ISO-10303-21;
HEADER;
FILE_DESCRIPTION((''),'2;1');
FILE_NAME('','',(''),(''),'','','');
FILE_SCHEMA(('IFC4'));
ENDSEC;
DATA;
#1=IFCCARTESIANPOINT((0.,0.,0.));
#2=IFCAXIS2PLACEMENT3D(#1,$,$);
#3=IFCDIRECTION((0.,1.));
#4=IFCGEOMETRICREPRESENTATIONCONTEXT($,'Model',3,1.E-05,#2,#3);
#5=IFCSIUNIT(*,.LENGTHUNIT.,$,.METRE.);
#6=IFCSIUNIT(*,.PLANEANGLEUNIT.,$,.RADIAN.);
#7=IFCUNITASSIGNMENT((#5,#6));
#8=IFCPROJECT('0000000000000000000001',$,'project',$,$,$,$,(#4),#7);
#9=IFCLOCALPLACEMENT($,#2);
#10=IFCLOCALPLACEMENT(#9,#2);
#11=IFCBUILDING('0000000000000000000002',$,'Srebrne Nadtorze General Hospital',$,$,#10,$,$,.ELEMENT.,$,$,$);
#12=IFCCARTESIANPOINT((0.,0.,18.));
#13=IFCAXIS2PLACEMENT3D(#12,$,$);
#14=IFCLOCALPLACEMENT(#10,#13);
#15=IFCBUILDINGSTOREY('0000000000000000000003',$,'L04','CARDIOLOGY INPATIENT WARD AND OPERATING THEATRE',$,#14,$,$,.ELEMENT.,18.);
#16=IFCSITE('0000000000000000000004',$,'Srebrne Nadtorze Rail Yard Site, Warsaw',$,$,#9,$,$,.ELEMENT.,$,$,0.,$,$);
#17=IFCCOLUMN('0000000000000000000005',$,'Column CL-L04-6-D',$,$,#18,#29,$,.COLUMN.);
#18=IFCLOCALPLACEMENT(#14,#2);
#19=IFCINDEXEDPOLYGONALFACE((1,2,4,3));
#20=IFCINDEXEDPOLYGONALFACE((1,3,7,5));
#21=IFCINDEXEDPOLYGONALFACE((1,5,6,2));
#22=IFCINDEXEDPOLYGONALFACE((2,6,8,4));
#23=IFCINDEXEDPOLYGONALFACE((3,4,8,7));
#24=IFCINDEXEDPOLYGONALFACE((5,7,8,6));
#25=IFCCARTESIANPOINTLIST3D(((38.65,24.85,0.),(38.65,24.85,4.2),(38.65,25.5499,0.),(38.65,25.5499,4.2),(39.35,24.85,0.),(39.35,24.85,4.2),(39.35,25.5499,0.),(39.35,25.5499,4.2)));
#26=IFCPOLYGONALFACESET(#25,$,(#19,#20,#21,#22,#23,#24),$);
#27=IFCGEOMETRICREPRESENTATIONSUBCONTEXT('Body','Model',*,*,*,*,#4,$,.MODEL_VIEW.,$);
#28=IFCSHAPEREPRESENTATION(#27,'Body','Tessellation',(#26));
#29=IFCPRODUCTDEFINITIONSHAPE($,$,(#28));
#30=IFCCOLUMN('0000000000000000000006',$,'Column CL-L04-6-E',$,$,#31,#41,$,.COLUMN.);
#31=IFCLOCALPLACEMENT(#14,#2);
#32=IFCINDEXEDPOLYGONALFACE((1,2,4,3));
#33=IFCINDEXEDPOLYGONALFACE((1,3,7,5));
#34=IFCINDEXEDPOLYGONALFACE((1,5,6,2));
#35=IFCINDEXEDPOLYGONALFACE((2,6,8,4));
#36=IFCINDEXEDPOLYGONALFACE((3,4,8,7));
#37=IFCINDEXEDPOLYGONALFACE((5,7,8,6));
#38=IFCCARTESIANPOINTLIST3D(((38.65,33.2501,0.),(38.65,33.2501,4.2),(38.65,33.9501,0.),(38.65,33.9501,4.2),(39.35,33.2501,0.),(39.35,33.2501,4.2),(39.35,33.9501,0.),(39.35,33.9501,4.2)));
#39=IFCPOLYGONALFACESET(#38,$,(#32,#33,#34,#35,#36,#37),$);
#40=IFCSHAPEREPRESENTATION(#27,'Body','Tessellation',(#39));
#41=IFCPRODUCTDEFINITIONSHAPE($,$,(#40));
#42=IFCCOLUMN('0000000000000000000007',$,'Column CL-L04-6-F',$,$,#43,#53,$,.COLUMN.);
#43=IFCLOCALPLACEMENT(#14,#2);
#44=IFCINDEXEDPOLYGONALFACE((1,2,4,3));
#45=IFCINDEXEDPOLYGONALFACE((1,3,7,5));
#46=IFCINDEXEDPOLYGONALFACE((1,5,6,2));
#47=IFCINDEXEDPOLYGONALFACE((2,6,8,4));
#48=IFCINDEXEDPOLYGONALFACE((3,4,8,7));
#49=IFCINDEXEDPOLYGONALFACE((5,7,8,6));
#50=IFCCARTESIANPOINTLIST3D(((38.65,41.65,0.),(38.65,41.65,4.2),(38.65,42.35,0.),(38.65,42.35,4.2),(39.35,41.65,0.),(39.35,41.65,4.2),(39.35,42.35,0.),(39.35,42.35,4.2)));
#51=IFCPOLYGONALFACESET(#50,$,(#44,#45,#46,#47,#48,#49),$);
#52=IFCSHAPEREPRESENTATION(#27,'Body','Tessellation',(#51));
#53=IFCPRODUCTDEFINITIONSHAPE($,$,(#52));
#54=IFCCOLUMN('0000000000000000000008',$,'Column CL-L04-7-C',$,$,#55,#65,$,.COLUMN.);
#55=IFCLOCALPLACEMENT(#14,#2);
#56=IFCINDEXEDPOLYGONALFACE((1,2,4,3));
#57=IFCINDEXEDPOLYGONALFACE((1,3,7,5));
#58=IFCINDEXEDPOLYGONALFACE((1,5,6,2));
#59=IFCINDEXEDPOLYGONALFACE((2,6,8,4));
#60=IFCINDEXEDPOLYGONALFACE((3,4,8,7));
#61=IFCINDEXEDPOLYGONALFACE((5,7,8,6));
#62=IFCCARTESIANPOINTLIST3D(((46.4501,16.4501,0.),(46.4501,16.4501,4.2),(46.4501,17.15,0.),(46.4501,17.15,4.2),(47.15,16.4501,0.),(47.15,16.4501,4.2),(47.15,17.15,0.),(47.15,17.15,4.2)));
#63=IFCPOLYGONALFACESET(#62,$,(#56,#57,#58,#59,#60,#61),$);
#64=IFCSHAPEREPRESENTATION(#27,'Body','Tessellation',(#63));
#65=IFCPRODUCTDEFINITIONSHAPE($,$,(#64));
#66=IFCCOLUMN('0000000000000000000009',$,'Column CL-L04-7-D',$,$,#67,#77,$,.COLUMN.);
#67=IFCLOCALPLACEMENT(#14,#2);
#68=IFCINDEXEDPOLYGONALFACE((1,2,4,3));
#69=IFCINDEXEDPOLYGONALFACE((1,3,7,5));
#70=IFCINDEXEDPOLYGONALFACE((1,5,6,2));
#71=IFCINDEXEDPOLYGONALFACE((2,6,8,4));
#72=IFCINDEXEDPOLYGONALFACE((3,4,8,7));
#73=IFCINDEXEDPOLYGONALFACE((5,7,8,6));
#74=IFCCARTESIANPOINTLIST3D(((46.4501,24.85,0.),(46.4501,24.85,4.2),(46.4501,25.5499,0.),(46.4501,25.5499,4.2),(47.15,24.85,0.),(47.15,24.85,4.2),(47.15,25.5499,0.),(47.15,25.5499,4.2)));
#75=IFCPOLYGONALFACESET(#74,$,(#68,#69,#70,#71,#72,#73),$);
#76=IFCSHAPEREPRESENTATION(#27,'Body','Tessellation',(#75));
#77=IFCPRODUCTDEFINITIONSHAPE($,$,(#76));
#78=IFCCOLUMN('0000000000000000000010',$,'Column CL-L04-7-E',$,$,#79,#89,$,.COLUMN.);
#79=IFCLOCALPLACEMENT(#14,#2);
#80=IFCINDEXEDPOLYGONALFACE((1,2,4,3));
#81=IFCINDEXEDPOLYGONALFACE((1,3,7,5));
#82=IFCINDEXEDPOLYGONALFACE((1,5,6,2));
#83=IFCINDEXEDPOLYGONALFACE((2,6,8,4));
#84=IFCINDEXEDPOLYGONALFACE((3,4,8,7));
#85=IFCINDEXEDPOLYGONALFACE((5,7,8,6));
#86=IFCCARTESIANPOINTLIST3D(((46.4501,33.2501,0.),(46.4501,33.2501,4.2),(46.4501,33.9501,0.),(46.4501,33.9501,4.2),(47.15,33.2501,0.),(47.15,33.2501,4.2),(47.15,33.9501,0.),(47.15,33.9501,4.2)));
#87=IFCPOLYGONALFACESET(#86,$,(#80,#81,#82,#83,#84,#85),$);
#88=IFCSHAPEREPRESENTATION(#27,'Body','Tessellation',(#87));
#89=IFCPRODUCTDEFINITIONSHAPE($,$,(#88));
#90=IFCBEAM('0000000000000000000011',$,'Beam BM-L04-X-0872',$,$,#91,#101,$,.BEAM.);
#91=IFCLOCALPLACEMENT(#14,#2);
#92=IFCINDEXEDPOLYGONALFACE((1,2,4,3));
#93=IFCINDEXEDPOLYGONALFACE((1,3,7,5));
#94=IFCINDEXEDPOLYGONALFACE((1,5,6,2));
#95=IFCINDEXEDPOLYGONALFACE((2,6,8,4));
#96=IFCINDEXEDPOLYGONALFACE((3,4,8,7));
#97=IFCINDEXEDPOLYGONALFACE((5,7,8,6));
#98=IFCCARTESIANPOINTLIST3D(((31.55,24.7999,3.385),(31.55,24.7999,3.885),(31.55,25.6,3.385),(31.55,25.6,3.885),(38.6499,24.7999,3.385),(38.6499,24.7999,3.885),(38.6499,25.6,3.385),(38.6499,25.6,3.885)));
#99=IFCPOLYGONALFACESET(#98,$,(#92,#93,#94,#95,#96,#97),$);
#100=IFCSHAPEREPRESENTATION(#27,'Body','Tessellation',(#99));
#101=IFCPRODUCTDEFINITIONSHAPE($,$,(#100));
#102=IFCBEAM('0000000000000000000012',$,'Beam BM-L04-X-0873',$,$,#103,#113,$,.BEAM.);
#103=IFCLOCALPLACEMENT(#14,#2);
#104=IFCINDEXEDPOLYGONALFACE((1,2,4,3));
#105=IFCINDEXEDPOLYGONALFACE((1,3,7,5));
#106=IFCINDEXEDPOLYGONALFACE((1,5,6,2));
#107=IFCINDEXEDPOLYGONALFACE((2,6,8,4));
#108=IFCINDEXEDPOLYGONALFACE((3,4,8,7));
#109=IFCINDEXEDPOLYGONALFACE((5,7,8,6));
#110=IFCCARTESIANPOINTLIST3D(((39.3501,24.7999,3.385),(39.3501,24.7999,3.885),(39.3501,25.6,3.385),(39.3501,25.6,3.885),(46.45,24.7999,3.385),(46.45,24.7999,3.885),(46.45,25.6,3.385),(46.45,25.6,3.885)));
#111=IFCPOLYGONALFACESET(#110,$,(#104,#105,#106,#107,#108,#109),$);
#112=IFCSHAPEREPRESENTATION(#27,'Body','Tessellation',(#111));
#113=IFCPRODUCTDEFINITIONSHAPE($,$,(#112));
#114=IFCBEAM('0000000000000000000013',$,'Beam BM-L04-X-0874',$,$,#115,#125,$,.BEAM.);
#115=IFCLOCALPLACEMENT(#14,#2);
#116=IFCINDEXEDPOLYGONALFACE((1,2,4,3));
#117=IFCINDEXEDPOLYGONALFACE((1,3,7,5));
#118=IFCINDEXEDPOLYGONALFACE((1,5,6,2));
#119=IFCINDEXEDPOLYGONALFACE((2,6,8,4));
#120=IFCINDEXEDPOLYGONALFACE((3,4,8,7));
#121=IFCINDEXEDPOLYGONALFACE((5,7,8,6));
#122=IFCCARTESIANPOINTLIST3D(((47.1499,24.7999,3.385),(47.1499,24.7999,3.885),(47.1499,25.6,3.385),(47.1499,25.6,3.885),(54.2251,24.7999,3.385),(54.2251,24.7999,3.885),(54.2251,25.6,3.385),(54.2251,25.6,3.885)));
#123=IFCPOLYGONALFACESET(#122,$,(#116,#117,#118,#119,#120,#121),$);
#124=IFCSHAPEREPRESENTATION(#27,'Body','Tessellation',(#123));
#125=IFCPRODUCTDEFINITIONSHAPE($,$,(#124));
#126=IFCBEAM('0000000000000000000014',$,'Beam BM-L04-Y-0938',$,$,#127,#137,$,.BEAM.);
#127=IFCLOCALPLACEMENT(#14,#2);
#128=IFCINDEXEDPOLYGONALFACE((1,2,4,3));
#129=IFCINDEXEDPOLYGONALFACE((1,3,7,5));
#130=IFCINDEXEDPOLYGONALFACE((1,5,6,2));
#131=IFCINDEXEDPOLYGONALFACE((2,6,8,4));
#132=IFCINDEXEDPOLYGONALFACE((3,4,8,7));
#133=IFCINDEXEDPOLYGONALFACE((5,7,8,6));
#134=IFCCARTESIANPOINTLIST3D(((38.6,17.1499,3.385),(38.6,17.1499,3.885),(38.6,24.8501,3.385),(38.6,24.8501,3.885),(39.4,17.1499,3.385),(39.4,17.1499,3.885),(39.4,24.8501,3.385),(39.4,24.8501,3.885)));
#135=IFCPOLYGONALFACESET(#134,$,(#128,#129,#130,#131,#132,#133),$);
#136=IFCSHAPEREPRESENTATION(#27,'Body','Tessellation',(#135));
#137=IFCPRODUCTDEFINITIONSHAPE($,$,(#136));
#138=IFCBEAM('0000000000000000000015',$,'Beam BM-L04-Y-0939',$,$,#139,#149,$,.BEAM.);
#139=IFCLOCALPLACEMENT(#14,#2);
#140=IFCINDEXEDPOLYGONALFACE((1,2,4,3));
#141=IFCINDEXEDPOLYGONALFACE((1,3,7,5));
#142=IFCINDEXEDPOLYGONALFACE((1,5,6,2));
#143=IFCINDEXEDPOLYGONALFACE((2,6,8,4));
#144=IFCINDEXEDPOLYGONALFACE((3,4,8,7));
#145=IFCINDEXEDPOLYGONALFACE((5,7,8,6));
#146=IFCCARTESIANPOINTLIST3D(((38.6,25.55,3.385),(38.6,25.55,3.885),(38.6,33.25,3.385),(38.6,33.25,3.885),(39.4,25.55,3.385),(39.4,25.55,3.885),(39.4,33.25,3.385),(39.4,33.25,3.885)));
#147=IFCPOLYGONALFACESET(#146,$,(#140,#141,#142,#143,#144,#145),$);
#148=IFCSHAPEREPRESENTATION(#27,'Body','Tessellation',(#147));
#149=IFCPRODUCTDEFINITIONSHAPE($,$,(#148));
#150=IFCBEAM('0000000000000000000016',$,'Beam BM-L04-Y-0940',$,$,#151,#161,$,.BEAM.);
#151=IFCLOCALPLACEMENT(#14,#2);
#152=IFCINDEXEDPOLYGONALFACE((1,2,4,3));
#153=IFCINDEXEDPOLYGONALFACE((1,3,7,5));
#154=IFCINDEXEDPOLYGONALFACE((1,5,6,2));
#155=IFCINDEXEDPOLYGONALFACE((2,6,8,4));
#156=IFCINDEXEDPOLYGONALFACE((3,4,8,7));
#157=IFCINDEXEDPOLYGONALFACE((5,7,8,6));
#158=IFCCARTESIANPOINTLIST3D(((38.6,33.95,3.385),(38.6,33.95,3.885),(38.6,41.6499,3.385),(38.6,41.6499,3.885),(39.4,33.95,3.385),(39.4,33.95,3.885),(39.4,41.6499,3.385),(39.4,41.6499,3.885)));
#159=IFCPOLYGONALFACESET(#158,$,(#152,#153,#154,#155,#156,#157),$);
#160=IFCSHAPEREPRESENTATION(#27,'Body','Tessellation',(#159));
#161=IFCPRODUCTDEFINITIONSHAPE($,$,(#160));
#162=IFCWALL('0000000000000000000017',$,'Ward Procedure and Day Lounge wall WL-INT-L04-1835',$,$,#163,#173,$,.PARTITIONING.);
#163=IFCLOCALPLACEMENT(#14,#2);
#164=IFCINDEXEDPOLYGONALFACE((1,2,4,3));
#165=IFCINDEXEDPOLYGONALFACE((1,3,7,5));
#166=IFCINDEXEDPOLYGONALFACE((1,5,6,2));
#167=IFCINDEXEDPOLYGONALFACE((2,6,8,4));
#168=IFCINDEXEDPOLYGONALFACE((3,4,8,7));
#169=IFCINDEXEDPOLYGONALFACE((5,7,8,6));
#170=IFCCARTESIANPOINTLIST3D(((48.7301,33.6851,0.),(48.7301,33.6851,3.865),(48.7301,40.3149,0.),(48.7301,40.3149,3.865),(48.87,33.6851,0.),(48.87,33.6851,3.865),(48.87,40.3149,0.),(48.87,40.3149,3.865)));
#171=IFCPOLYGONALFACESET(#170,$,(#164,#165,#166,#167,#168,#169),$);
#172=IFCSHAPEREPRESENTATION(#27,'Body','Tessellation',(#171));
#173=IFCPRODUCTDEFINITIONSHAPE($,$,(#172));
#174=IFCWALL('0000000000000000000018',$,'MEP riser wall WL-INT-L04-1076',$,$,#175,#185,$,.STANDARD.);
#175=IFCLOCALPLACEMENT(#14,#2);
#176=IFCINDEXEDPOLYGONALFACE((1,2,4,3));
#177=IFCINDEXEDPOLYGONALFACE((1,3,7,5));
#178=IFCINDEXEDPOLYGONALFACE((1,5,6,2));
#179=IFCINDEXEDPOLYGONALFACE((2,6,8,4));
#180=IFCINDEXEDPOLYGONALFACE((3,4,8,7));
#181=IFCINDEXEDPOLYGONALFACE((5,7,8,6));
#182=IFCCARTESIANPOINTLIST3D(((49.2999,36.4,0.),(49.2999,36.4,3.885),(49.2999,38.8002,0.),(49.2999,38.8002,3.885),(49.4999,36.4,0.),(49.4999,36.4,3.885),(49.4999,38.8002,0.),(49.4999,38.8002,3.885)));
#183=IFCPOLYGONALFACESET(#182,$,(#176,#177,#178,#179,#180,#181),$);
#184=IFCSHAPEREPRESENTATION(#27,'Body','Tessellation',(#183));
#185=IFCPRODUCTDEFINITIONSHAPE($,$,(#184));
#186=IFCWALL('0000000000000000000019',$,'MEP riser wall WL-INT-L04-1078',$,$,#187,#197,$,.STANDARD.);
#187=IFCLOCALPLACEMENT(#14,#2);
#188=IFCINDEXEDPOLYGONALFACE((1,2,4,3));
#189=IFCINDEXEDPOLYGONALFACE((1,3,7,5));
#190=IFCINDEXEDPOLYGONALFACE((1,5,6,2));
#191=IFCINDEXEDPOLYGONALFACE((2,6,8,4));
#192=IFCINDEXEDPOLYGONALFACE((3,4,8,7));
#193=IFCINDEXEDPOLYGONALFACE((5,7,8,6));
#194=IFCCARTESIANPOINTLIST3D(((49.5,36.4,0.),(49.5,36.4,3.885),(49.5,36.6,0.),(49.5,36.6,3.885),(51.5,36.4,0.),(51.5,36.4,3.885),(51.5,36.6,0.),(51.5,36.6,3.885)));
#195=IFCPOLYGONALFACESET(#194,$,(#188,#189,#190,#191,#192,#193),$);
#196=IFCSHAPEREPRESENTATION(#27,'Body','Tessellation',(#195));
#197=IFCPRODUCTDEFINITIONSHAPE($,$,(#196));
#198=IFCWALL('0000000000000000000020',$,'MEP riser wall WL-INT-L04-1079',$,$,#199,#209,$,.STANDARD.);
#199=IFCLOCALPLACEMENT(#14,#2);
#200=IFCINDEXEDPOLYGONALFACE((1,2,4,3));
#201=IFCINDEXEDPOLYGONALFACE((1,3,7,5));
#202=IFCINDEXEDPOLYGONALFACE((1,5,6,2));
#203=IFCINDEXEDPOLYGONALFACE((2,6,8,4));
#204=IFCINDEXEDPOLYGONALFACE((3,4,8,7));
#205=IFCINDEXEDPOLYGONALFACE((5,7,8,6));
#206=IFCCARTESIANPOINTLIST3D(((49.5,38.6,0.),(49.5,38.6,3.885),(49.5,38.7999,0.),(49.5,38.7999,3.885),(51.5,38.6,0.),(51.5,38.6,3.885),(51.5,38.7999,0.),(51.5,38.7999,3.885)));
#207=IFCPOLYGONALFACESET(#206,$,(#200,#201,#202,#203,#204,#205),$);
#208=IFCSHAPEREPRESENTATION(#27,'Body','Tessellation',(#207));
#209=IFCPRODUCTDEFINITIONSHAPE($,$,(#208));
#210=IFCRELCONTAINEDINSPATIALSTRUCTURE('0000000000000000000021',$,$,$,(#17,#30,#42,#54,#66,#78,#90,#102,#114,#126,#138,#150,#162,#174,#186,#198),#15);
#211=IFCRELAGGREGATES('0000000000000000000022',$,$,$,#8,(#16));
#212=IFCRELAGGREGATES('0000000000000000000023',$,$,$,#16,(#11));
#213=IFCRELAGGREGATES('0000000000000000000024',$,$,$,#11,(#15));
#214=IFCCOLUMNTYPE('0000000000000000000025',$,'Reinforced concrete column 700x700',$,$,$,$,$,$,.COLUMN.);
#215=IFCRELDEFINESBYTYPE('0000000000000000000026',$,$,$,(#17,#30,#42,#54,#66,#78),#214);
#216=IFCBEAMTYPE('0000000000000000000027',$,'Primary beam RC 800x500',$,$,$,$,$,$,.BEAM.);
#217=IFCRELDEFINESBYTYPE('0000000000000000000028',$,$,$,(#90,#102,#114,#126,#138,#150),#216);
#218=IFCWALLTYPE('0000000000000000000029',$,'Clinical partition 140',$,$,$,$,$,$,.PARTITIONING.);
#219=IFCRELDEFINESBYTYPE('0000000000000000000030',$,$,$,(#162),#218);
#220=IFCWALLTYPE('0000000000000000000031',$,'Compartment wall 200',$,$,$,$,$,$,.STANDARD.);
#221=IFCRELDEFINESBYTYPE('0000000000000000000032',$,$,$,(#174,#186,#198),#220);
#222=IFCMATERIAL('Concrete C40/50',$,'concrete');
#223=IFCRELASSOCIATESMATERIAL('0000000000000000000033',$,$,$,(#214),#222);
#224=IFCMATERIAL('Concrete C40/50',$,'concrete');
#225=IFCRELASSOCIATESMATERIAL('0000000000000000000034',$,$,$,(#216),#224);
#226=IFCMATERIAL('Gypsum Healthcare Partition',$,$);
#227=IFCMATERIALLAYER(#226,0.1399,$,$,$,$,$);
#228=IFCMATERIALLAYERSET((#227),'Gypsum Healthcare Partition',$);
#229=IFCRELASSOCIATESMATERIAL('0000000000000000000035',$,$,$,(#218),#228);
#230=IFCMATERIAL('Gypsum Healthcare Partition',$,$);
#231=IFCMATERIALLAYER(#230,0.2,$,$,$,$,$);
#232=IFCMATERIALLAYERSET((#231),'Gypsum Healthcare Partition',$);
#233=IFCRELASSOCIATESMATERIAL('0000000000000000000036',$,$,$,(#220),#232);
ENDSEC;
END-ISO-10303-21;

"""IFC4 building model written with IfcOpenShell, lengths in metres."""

from ifc_helpers import new_model, si_unit, direction, frame, frame_2d, origin, origin_2d, place, context, subcontext, project, spatial, rectangle, extrude, material, layer, layer_set, material_profile, profile_set, type_object, element, save


model = new_model("IFC4")

# Units and contexts
model_context = context("Model", 3, precision=1e-05, world=origin(), true_north=direction((0.0, 1.0)))
body_context = subcontext(model_context, "Body", "Model", "MODEL_VIEW")
ifc_project = project(units=[si_unit("LENGTHUNIT", "METRE"), si_unit("PLANEANGLEUNIT", "RADIAN")], contexts=[model_context])

# Site, building, storey
site_placement = place(None, origin())
site = spatial("IfcSite", under=ifc_project, at=site_placement, Name="Srebrne Nadtorze Rail Yard Site, Warsaw", CompositionType="ELEMENT", RefElevation=0.0)
building_placement = place(site_placement, origin())
building = spatial("IfcBuilding", under=site, at=building_placement, Name="Srebrne Nadtorze General Hospital", CompositionType="ELEMENT")
storey_placement = place(building_placement, frame((0.0, 0.0, 18.0)))
storey = spatial("IfcBuildingStorey", under=building, at=storey_placement, Name="L04", Description="CARDIOLOGY INPATIENT WARD AND OPERATING THEATRE", CompositionType="ELEMENT", Elevation=18.0)

# Columns
ifc_material_1 = material(Name="Concrete C40/50", Category="concrete")
ifc_material_profile_1 = material_profile(ifc_material_1, rectangle(XDim=0.7, YDim=0.7, at=origin_2d()), Name="RC-COL-700x700")
ifc_profile_set_1 = profile_set([ifc_material_profile_1], Name="Concrete C40/50")
column_type = type_object("IfcColumnType", Name="Reinforced concrete column 700x700", PredefinedType="COLUMN", material=ifc_profile_set_1)
for number, where, z_axis, x_axis, name in (
    (1, (39.0, 25.2, 0.0), (0.0, 0.0, 1.0), (1.0, 0.0, 0.0), "Column CL-L04-6-D"),
    (2, (39.0, 33.6001, 0.0), (0.0, 0.0, 1.0), (1.0, 0.0, 0.0), "Column CL-L04-6-E"),
    (3, (39.0, 42.0, 0.0), (0.0, 0.0, 1.0), (1.0, 0.0, 0.0), "Column CL-L04-6-F"),
    (4, (46.8, 16.8, 0.0), (0.0, 0.0, 1.0), (1.0, 0.0, 0.0), "Column CL-L04-7-C"),
    (5, (46.8, 25.2, 0.0), (0.0, 0.0, 1.0), (1.0, 0.0, 0.0), "Column CL-L04-7-D"),
    (6, (46.8, 33.6001, 0.0), (0.0, 0.0, 1.0), (1.0, 0.0, 0.0), "Column CL-L04-7-E"),
):
    element("IfcColumn", number, at=place(storey_placement, frame(where, z_axis=z_axis, x_axis=x_axis)), inside=storey, type_object=column_type, Name=name, PredefinedType="COLUMN", context=body_context, shape_type="SweptSolid", body=[
        extrude(rectangle(XDim=0.7, YDim=0.7, at=origin_2d()), origin(), (0.0, 0.0, 1.0), 4.2),
    ])

# Beams
ifc_material_2 = material(Name="Concrete C40/50", Category="concrete")
ifc_material_profile_2 = material_profile(ifc_material_2, rectangle(XDim=0.8, YDim=0.5, at=origin_2d()), Name="RC-BM-800x500")
ifc_profile_set_2 = profile_set([ifc_material_profile_2], Name="Concrete C40/50")
beam_type = type_object("IfcBeamType", Name="Primary beam RC 800x500", PredefinedType="BEAM", material=ifc_profile_set_2)
for number, where, z_axis, x_axis, name in (
    (7, (31.55, 25.2, 3.635), (1.0, 0.0, 0.0), (0.0, 1.0, 0.0), "Beam BM-L04-X-0872"),
    (8, (39.3501, 25.2, 3.635), (1.0, 0.0, 0.0), (0.0, 1.0, 0.0), "Beam BM-L04-X-0873"),
):
    element("IfcBeam", number, at=place(storey_placement, frame(where, z_axis=z_axis, x_axis=x_axis)), inside=storey, type_object=beam_type, Name=name, PredefinedType="BEAM", context=body_context, shape_type="SweptSolid", body=[
        extrude(rectangle(XDim=0.8, YDim=0.5, at=origin_2d()), origin(), (0.0, 0.0, 1.0), 7.0999),
    ])
beam_1_placement = place(storey_placement, frame((47.1499, 25.2, 3.635), z_axis=(1.0, 0.0, 0.0), x_axis=(0.0, 1.0, 0.0)))
element("IfcBeam", 9, at=beam_1_placement, inside=storey, type_object=beam_type, Name="Beam BM-L04-X-0874", PredefinedType="BEAM", context=body_context, shape_type="SweptSolid", body=[
    extrude(rectangle(XDim=0.8, YDim=0.5, at=origin_2d()), origin(), (0.0, 0.0, 1.0), 7.0752),
])
beam_2_placement = place(storey_placement, frame((39.0, 17.1499, 3.635), z_axis=(0.0, 1.0, 0.0), x_axis=(-1.0, 0.0, 0.0)))
element("IfcBeam", 10, at=beam_2_placement, inside=storey, type_object=beam_type, Name="Beam BM-L04-Y-0938", PredefinedType="BEAM", context=body_context, shape_type="SweptSolid", body=[
    extrude(rectangle(XDim=0.8, YDim=0.5, at=origin_2d()), origin(), (0.0, 0.0, 1.0), 7.7002),
])
for number, where, z_axis, x_axis, name in (
    (11, (39.0, 25.55, 3.635), (0.0, 1.0, 0.0), (-1.0, 0.0, 0.0), "Beam BM-L04-Y-0939"),
    (12, (39.0, 33.95, 3.635), (0.0, 1.0, 0.0), (-1.0, 0.0, 0.0), "Beam BM-L04-Y-0940"),
):
    element("IfcBeam", number, at=place(storey_placement, frame(where, z_axis=z_axis, x_axis=x_axis)), inside=storey, type_object=beam_type, Name=name, PredefinedType="BEAM", context=body_context, shape_type="SweptSolid", body=[
        extrude(rectangle(XDim=0.8, YDim=0.5, at=origin_2d()), origin(), (0.0, 0.0, 1.0), 7.7),
    ])

# Walls
ifc_material_3 = material(Name="Gypsum Healthcare Partition")
ifc_layer_1 = layer(ifc_material_3, 0.1399)
ifc_layer_set_1 = layer_set([ifc_layer_1], Name="Gypsum Healthcare Partition")
wall_type_1 = type_object("IfcWallType", Name="Clinical partition 140", PredefinedType="PARTITIONING", material=ifc_layer_set_1)
wall_1_placement = place(storey_placement, frame((48.8, 33.6851, 0.0), z_axis=(0.0, 0.0, 1.0), x_axis=(0.0, 1.0, 0.0)))
element("IfcWall", 13, at=wall_1_placement, inside=storey, type_object=wall_type_1, Name="Ward Procedure and Day Lounge wall WL-INT-L04-1835", PredefinedType="PARTITIONING", context=body_context, shape_type="SweptSolid", body=[
    extrude(rectangle(XDim=6.6299, YDim=0.1399, at=frame_2d((3.3149, 0.0))), origin(), (0.0, 0.0, 1.0), 3.865),
])
ifc_material_4 = material(Name="Gypsum Healthcare Partition")
ifc_layer_2 = layer(ifc_material_4, 0.2)
ifc_layer_set_2 = layer_set([ifc_layer_2], Name="Gypsum Healthcare Partition")
wall_type_2 = type_object("IfcWallType", Name="Compartment wall 200", PredefinedType="STANDARD", material=ifc_layer_set_2)
wall_2_placement = place(storey_placement, frame((49.3999, 36.3999, 0.0), z_axis=(0.0, 0.0, 1.0), x_axis=(0.0, 1.0, 0.0)))
element("IfcWall", 14, at=wall_2_placement, inside=storey, type_object=wall_type_2, Name="MEP riser wall WL-INT-L04-1076", PredefinedType="STANDARD", context=body_context, shape_type="SweptSolid", body=[
    extrude(rectangle(XDim=2.4001, YDim=0.2, at=frame_2d((1.2002, 0.0))), origin(), (0.0, 0.0, 1.0), 3.885),
])
for number, where, z_axis, x_axis, name in (
    (15, (49.5, 36.5, 0.0), (0.0, 0.0, 1.0), (1.0, 0.0, 0.0), "MEP riser wall WL-INT-L04-1078"),
    (16, (49.5, 38.7, 0.0), (0.0, 0.0, 1.0), (1.0, 0.0, 0.0), "MEP riser wall WL-INT-L04-1079"),
):
    element("IfcWall", number, at=place(storey_placement, frame(where, z_axis=z_axis, x_axis=x_axis)), inside=storey, type_object=wall_type_2, Name=name, PredefinedType="STANDARD", context=body_context, shape_type="SweptSolid", body=[
        extrude(rectangle(XDim=2.0, YDim=0.2, at=frame_2d((1.0, 0.0))), origin(), (0.0, 0.0, 1.0), 3.885),
    ])

save(model, "model.ifc")
